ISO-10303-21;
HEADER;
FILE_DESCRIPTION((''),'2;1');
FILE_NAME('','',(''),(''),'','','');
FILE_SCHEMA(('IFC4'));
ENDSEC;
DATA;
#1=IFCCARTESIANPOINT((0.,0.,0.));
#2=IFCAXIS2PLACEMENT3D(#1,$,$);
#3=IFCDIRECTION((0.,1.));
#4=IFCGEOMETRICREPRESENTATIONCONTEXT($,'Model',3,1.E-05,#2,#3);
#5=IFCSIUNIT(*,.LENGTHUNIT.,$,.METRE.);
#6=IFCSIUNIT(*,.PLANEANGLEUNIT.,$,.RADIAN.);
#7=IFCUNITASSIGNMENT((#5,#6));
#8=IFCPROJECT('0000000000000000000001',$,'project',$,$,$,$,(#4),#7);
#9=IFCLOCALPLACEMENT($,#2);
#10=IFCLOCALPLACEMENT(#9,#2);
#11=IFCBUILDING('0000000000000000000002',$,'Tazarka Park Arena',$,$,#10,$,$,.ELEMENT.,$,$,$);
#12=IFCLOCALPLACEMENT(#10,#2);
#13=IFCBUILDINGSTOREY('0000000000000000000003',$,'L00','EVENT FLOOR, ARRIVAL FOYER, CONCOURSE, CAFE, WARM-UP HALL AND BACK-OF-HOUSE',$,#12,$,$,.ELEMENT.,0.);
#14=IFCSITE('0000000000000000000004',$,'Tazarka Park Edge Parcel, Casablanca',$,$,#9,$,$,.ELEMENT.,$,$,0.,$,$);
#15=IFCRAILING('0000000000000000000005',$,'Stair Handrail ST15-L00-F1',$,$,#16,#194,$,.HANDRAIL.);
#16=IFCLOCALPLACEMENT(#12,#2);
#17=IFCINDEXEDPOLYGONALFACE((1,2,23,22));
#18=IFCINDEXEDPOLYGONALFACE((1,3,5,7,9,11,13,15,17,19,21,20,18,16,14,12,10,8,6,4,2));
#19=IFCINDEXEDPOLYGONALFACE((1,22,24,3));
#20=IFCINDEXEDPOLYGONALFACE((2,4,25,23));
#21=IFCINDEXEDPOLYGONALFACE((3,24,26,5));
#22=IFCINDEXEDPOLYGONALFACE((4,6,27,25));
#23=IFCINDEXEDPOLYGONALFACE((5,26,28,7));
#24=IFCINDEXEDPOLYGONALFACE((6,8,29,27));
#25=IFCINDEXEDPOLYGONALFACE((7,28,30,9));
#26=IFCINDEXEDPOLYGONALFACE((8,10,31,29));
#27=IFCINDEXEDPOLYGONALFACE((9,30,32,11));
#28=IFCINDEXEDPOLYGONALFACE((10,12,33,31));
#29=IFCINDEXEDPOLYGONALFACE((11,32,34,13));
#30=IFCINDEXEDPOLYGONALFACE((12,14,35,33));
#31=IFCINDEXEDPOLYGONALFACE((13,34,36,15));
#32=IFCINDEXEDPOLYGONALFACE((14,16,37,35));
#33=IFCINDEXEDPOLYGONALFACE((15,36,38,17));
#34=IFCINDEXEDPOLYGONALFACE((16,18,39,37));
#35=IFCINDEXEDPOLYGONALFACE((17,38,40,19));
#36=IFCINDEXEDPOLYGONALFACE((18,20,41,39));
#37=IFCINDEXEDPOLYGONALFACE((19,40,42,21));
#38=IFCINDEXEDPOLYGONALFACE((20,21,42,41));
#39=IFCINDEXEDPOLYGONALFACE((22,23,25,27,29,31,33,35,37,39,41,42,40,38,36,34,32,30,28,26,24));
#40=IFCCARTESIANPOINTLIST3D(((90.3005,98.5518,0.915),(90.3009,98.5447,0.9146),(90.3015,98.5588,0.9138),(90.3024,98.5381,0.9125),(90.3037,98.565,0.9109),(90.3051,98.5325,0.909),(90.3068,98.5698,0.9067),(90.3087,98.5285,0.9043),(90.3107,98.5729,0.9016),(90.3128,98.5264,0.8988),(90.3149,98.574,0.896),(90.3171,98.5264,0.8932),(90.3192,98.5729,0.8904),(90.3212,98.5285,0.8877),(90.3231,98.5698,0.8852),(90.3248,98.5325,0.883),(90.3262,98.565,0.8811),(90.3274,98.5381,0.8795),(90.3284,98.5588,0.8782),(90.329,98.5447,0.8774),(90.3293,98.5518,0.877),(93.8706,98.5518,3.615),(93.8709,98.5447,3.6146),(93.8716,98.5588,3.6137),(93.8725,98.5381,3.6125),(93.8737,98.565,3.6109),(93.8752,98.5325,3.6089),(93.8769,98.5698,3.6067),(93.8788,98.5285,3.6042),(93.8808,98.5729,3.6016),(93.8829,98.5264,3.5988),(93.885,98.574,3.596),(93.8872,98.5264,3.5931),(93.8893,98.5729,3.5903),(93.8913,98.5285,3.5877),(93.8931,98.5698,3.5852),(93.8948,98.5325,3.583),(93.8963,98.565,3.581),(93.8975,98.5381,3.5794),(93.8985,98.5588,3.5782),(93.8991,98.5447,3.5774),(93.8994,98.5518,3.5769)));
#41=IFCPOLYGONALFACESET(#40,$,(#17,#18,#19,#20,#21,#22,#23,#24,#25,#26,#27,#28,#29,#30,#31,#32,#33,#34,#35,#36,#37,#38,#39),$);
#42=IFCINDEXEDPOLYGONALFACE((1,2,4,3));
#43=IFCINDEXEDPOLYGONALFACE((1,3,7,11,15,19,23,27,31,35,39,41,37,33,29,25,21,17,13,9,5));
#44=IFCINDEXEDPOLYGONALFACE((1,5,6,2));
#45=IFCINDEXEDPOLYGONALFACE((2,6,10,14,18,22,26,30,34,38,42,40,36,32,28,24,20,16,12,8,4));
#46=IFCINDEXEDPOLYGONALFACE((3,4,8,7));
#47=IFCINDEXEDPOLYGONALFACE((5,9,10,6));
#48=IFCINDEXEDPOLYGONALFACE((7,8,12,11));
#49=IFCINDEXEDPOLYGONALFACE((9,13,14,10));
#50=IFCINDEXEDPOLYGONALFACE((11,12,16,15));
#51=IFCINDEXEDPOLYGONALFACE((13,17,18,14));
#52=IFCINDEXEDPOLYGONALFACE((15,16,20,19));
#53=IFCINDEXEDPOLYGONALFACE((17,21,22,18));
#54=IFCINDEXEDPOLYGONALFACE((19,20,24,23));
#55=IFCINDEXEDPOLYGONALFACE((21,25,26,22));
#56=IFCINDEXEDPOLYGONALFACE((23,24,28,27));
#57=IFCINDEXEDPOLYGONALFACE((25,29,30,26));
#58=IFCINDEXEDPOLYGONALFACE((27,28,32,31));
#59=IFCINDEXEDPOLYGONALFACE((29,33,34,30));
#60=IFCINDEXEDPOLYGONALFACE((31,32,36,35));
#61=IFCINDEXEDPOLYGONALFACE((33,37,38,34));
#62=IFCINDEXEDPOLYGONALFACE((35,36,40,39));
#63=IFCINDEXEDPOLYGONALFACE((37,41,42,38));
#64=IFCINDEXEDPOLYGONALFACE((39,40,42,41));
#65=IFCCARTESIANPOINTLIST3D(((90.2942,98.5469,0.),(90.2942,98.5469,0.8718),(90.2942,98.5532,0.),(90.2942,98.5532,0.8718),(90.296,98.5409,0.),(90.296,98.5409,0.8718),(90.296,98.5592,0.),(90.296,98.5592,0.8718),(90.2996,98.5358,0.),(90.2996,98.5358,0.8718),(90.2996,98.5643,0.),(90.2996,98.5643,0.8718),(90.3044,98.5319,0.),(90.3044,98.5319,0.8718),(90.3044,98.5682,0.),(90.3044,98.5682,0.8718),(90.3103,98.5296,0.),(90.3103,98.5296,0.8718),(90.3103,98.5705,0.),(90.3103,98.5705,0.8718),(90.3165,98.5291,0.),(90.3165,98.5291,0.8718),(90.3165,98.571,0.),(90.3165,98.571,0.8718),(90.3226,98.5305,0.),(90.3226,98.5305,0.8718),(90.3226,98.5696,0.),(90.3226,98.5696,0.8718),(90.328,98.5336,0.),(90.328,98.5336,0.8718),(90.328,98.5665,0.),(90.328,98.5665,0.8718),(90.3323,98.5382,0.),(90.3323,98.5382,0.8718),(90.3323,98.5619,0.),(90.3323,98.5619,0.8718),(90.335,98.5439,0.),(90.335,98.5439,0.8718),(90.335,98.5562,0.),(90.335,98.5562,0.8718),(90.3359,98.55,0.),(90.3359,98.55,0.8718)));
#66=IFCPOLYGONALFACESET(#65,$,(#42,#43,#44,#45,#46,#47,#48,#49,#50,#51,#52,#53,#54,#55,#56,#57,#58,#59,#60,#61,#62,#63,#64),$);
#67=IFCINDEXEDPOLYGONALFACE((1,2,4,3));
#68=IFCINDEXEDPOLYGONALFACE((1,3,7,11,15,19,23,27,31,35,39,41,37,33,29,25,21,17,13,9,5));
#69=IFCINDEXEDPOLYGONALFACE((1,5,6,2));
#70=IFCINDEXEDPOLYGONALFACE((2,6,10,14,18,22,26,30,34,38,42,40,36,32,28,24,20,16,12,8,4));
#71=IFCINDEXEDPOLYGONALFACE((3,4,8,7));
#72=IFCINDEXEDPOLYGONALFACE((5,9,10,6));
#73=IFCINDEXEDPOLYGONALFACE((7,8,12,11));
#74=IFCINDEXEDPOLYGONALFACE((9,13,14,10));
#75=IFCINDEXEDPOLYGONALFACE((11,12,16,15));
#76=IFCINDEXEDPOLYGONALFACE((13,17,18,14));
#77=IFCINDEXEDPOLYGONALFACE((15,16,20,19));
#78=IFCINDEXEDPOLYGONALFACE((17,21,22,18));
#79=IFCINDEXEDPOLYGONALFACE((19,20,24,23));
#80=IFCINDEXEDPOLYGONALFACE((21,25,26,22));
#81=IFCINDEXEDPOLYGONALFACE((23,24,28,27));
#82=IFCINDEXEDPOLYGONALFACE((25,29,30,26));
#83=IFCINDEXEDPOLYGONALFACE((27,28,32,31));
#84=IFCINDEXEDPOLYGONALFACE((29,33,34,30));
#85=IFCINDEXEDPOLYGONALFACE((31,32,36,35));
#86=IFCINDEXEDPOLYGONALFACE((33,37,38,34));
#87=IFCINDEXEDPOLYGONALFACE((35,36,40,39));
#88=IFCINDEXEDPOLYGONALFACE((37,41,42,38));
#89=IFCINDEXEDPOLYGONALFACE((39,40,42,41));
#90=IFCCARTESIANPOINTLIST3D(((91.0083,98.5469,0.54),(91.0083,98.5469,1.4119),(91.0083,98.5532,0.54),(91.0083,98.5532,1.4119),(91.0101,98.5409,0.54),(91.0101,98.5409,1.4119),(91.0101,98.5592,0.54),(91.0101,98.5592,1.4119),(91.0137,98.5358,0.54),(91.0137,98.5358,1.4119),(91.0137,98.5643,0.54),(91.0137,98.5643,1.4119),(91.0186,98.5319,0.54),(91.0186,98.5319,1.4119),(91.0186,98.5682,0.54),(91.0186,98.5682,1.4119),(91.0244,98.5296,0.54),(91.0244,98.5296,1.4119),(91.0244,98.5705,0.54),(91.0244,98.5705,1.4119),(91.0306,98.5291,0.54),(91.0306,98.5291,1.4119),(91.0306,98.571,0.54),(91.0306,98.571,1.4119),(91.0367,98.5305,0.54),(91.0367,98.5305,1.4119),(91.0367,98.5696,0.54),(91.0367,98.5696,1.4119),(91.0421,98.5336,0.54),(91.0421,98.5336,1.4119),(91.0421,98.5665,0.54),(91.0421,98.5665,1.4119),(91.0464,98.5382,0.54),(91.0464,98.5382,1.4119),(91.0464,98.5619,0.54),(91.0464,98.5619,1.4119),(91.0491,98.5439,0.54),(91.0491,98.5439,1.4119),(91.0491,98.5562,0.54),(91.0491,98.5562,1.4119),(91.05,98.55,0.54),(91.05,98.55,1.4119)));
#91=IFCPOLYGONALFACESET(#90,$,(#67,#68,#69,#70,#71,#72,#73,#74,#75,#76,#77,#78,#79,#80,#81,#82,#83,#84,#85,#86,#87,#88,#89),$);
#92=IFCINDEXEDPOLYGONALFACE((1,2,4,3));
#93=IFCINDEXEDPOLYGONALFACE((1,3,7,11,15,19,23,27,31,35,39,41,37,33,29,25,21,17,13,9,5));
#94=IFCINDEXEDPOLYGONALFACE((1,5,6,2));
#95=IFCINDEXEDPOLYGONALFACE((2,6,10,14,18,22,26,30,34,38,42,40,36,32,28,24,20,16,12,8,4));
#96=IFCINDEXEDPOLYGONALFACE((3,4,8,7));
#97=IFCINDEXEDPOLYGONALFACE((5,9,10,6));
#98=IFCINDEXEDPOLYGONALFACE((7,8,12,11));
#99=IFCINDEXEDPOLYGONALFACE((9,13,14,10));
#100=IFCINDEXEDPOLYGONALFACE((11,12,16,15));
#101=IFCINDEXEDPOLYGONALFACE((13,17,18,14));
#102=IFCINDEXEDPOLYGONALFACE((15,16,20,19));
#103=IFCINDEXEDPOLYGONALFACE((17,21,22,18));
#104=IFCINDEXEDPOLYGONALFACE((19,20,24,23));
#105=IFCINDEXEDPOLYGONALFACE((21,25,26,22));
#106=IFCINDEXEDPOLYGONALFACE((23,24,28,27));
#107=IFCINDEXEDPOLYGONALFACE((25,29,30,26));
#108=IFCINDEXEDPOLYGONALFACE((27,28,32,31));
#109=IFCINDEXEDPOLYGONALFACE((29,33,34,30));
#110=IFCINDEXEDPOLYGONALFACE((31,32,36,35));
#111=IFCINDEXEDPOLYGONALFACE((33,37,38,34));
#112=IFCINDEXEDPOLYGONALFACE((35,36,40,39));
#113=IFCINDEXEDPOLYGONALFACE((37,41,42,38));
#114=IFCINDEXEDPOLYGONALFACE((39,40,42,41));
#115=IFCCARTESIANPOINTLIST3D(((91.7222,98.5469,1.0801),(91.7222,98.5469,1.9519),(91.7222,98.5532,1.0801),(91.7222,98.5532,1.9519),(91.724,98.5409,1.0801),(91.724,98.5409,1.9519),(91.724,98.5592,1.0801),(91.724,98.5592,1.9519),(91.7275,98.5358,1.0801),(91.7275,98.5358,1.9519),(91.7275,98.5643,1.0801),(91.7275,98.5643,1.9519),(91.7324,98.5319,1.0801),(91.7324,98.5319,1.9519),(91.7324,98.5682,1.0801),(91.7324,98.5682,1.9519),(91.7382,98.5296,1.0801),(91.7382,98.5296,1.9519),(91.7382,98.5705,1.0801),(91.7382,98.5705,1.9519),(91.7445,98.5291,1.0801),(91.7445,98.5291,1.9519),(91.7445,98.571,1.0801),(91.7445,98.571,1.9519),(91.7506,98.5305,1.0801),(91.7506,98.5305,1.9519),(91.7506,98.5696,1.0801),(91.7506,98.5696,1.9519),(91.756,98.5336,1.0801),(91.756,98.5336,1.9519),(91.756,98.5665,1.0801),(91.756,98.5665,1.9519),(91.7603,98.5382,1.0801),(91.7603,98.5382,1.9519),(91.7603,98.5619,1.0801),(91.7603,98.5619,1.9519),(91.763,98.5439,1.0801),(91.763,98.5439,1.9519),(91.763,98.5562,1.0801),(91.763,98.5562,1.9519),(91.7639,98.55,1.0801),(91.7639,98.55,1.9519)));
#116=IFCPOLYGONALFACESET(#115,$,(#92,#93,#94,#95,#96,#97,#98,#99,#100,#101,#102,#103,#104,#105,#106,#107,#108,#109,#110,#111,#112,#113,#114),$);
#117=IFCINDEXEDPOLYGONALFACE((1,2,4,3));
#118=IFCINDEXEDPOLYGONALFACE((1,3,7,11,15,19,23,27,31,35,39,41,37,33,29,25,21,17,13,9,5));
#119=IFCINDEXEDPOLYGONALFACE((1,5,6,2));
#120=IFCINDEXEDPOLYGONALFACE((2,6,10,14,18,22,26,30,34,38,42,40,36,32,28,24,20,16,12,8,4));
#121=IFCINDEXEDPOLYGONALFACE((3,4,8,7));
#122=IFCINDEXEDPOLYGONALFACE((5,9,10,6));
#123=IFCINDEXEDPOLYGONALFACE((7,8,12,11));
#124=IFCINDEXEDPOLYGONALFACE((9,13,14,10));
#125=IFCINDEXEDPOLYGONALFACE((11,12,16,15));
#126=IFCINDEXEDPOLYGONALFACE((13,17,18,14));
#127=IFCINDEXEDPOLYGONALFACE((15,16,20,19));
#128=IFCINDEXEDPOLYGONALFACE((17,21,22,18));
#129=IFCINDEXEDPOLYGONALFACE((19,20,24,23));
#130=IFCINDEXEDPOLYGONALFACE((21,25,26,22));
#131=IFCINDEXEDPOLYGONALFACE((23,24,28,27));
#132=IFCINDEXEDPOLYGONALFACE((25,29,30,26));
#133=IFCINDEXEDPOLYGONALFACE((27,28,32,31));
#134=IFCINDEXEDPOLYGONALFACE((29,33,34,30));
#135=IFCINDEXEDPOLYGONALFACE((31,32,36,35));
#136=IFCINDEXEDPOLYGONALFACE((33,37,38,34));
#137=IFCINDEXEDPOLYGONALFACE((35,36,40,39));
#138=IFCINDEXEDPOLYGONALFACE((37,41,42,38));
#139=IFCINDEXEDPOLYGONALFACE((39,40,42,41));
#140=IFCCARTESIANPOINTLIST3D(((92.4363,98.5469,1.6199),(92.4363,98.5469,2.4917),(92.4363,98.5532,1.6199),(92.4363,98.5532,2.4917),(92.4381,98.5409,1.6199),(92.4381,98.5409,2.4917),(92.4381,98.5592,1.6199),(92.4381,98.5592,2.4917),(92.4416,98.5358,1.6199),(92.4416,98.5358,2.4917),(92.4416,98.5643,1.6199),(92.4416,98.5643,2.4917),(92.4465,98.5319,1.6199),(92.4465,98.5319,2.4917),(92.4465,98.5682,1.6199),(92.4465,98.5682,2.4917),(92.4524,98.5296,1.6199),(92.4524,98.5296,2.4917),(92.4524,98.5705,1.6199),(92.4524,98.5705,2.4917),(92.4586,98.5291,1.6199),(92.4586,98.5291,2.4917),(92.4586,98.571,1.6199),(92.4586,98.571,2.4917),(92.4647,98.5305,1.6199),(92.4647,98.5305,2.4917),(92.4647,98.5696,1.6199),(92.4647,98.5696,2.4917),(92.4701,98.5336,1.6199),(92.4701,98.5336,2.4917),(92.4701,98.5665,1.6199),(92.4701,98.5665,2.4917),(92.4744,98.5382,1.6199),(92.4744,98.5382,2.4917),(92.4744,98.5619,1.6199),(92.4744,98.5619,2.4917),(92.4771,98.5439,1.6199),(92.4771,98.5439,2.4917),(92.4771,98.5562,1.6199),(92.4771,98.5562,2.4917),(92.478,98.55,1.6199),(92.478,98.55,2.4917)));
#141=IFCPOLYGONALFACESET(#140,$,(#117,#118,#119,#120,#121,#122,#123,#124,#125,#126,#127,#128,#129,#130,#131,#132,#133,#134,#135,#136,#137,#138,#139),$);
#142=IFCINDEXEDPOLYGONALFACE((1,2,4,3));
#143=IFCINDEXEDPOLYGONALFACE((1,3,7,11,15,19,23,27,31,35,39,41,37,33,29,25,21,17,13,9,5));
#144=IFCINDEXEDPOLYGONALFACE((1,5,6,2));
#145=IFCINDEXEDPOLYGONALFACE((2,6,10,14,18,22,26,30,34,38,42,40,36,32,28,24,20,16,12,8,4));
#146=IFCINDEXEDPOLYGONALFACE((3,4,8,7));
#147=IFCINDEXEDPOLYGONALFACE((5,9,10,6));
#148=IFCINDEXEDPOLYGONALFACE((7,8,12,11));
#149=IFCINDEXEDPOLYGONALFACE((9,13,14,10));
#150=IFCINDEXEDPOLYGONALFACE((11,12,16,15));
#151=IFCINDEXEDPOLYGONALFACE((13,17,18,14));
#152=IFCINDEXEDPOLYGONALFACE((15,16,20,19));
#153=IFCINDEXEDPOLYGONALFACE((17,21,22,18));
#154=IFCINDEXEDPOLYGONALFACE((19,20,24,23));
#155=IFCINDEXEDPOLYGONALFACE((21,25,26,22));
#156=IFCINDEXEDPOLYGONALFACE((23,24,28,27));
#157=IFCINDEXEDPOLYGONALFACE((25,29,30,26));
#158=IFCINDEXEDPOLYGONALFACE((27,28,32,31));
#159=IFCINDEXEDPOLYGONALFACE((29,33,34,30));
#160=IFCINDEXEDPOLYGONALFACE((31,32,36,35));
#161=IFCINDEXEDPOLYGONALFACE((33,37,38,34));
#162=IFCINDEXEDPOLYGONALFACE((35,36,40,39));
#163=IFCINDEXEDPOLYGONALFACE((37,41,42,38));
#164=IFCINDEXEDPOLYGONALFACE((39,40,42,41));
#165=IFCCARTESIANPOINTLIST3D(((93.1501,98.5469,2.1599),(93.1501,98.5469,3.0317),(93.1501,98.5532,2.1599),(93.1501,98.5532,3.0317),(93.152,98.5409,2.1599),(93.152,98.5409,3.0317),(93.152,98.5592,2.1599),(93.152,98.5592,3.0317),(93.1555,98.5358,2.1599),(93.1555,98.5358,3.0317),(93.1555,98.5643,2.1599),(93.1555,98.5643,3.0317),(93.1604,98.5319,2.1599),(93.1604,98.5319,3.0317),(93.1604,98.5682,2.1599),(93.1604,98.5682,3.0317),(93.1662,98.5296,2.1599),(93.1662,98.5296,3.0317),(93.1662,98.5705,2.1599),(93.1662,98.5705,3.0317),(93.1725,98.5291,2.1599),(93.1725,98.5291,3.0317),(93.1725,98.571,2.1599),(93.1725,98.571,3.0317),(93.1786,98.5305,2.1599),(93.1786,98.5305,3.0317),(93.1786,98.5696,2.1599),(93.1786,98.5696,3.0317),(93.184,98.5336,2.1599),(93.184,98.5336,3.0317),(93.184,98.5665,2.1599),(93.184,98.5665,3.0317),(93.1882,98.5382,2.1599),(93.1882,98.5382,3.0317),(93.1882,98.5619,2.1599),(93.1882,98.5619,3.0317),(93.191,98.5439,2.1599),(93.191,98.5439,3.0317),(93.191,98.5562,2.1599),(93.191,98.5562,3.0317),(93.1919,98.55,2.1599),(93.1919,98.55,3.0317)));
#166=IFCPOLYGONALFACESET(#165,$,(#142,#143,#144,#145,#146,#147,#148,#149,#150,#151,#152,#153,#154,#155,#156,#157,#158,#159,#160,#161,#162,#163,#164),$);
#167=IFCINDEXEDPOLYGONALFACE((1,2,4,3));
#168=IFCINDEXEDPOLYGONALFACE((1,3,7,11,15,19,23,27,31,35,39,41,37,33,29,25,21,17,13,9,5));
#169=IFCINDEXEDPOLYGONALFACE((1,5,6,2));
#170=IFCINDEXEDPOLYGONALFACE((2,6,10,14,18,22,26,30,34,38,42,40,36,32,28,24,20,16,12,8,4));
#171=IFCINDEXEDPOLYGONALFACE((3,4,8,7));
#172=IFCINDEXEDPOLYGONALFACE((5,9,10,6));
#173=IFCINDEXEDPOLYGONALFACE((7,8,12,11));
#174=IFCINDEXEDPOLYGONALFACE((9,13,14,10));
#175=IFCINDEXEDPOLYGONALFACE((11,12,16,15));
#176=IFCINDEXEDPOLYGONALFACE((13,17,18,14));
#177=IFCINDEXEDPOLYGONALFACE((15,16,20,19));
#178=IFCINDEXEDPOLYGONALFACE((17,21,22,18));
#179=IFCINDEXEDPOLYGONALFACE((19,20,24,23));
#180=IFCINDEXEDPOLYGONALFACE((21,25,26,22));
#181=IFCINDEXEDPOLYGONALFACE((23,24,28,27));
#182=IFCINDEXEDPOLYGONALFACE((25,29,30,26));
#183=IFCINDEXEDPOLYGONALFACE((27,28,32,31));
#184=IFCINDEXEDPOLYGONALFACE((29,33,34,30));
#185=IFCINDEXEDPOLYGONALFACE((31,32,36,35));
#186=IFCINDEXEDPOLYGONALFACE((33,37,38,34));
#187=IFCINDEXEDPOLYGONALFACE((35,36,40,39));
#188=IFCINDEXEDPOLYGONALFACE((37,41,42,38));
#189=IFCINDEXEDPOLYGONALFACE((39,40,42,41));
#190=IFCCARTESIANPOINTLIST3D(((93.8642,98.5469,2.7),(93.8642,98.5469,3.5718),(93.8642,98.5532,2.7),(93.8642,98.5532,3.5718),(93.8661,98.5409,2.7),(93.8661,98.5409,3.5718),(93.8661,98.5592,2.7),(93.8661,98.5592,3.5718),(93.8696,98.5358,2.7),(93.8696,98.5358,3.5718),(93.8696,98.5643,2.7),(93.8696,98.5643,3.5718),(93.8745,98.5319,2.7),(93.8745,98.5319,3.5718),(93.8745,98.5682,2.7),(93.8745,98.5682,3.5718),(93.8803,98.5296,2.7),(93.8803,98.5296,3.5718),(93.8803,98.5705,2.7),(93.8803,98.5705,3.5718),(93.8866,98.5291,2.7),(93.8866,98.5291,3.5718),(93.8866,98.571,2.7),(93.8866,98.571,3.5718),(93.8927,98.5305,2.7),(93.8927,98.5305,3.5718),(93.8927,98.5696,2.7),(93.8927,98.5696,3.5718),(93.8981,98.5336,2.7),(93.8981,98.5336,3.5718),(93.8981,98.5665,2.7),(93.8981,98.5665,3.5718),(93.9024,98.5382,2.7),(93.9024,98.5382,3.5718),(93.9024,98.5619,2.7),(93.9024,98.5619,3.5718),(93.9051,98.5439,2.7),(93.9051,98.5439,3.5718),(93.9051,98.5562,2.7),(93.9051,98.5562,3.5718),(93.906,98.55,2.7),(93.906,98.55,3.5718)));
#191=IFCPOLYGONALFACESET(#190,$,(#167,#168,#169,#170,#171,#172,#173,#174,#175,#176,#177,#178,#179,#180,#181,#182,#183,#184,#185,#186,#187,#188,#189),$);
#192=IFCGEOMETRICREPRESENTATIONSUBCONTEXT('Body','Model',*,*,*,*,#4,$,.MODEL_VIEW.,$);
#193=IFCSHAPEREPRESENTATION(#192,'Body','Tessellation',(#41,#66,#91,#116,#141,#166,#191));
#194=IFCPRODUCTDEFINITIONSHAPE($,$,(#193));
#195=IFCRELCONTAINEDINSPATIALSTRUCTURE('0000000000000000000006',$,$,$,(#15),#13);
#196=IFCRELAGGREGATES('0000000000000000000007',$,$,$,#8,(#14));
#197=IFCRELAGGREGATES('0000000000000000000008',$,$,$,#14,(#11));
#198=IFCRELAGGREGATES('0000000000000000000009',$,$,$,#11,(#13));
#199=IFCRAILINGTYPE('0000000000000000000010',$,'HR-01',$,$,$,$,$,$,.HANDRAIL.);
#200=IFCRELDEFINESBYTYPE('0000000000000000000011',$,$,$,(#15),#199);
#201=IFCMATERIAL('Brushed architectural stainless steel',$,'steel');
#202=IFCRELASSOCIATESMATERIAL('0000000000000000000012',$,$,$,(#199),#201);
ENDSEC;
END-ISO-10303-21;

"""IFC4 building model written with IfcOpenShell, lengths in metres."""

from ifc_helpers import new_model, si_unit, direction, frame, origin, origin_2d, place, context, subcontext, project, spatial, circle, extrude, material, type_object, element, save


model = new_model("IFC4")

# Units and contexts
model_context = context("Model", 3, precision=1e-05, world=origin(), true_north=direction((0.0, 1.0)))
body_context = subcontext(model_context, "Body", "Model", "MODEL_VIEW")
ifc_project = project(units=[si_unit("LENGTHUNIT", "METRE"), si_unit("PLANEANGLEUNIT", "RADIAN")], contexts=[model_context])

# Site, building, storey
site_placement = place(None, origin())
site = spatial("IfcSite", under=ifc_project, at=site_placement, Name="Tazarka Park Edge Parcel, Casablanca", CompositionType="ELEMENT", RefElevation=0.0)
building_placement = place(site_placement, origin())
building = spatial("IfcBuilding", under=site, at=building_placement, Name="Tazarka Park Arena", CompositionType="ELEMENT")
storey_placement = place(building_placement, origin())
storey = spatial("IfcBuildingStorey", under=building, at=storey_placement, Name="L00", Description="EVENT FLOOR, ARRIVAL FOYER, CONCOURSE, CAFE, WARM-UP HALL AND BACK-OF-HOUSE", CompositionType="ELEMENT", Elevation=0.0)

# Railing
ifc_material_1 = material(Name="Brushed architectural stainless steel", Category="steel")
railing_type_1 = type_object("IfcRailingType", Name="HR-01", PredefinedType="HANDRAIL", material=ifc_material_1)
railing_1_placement = place(storey_placement, frame((90.3149, 98.55, 0.0)))
element("IfcRailing", 1, at=railing_1_placement, inside=storey, type_object=railing_type_1, Name="Stair Handrail ST15-L00-F1", PredefinedType="HANDRAIL", context=body_context, shape_type="SweptSolid", body=[
    extrude(circle(Radius=0.0239, at=origin_2d()), frame((0.0, 0.0, 0.896), z_axis=(0.797591, 0.0, 0.603198), x_axis=(0.0, 1.0, 0.0)), (0.0, 0.0, 1.0), 4.4761),
    extrude(circle(Radius=0.021, at=origin_2d()), origin(), (0.0, 0.0, 1.0), 0.8718),
    extrude(circle(Radius=0.021, at=origin_2d()), frame((0.7141, 0.0, 0.54)), (0.0, 0.0, 1.0), 0.8718),
    extrude(circle(Radius=0.021, at=origin_2d()), frame((1.428, 0.0, 1.0801)), (0.0, 0.0, 1.0), 0.8718),
    extrude(circle(Radius=0.021, at=origin_2d()), frame((2.1421, 0.0, 1.6199)), (0.0, 0.0, 1.0), 0.8718),
    extrude(circle(Radius=0.021, at=origin_2d()), frame((2.856, 0.0, 2.1599)), (0.0, 0.0, 1.0), 0.8718),
    extrude(circle(Radius=0.021, at=origin_2d()), frame((3.5701, 0.0, 2.7)), (0.0, 0.0, 1.0), 0.8718),
])

save(model, "model.ifc")
